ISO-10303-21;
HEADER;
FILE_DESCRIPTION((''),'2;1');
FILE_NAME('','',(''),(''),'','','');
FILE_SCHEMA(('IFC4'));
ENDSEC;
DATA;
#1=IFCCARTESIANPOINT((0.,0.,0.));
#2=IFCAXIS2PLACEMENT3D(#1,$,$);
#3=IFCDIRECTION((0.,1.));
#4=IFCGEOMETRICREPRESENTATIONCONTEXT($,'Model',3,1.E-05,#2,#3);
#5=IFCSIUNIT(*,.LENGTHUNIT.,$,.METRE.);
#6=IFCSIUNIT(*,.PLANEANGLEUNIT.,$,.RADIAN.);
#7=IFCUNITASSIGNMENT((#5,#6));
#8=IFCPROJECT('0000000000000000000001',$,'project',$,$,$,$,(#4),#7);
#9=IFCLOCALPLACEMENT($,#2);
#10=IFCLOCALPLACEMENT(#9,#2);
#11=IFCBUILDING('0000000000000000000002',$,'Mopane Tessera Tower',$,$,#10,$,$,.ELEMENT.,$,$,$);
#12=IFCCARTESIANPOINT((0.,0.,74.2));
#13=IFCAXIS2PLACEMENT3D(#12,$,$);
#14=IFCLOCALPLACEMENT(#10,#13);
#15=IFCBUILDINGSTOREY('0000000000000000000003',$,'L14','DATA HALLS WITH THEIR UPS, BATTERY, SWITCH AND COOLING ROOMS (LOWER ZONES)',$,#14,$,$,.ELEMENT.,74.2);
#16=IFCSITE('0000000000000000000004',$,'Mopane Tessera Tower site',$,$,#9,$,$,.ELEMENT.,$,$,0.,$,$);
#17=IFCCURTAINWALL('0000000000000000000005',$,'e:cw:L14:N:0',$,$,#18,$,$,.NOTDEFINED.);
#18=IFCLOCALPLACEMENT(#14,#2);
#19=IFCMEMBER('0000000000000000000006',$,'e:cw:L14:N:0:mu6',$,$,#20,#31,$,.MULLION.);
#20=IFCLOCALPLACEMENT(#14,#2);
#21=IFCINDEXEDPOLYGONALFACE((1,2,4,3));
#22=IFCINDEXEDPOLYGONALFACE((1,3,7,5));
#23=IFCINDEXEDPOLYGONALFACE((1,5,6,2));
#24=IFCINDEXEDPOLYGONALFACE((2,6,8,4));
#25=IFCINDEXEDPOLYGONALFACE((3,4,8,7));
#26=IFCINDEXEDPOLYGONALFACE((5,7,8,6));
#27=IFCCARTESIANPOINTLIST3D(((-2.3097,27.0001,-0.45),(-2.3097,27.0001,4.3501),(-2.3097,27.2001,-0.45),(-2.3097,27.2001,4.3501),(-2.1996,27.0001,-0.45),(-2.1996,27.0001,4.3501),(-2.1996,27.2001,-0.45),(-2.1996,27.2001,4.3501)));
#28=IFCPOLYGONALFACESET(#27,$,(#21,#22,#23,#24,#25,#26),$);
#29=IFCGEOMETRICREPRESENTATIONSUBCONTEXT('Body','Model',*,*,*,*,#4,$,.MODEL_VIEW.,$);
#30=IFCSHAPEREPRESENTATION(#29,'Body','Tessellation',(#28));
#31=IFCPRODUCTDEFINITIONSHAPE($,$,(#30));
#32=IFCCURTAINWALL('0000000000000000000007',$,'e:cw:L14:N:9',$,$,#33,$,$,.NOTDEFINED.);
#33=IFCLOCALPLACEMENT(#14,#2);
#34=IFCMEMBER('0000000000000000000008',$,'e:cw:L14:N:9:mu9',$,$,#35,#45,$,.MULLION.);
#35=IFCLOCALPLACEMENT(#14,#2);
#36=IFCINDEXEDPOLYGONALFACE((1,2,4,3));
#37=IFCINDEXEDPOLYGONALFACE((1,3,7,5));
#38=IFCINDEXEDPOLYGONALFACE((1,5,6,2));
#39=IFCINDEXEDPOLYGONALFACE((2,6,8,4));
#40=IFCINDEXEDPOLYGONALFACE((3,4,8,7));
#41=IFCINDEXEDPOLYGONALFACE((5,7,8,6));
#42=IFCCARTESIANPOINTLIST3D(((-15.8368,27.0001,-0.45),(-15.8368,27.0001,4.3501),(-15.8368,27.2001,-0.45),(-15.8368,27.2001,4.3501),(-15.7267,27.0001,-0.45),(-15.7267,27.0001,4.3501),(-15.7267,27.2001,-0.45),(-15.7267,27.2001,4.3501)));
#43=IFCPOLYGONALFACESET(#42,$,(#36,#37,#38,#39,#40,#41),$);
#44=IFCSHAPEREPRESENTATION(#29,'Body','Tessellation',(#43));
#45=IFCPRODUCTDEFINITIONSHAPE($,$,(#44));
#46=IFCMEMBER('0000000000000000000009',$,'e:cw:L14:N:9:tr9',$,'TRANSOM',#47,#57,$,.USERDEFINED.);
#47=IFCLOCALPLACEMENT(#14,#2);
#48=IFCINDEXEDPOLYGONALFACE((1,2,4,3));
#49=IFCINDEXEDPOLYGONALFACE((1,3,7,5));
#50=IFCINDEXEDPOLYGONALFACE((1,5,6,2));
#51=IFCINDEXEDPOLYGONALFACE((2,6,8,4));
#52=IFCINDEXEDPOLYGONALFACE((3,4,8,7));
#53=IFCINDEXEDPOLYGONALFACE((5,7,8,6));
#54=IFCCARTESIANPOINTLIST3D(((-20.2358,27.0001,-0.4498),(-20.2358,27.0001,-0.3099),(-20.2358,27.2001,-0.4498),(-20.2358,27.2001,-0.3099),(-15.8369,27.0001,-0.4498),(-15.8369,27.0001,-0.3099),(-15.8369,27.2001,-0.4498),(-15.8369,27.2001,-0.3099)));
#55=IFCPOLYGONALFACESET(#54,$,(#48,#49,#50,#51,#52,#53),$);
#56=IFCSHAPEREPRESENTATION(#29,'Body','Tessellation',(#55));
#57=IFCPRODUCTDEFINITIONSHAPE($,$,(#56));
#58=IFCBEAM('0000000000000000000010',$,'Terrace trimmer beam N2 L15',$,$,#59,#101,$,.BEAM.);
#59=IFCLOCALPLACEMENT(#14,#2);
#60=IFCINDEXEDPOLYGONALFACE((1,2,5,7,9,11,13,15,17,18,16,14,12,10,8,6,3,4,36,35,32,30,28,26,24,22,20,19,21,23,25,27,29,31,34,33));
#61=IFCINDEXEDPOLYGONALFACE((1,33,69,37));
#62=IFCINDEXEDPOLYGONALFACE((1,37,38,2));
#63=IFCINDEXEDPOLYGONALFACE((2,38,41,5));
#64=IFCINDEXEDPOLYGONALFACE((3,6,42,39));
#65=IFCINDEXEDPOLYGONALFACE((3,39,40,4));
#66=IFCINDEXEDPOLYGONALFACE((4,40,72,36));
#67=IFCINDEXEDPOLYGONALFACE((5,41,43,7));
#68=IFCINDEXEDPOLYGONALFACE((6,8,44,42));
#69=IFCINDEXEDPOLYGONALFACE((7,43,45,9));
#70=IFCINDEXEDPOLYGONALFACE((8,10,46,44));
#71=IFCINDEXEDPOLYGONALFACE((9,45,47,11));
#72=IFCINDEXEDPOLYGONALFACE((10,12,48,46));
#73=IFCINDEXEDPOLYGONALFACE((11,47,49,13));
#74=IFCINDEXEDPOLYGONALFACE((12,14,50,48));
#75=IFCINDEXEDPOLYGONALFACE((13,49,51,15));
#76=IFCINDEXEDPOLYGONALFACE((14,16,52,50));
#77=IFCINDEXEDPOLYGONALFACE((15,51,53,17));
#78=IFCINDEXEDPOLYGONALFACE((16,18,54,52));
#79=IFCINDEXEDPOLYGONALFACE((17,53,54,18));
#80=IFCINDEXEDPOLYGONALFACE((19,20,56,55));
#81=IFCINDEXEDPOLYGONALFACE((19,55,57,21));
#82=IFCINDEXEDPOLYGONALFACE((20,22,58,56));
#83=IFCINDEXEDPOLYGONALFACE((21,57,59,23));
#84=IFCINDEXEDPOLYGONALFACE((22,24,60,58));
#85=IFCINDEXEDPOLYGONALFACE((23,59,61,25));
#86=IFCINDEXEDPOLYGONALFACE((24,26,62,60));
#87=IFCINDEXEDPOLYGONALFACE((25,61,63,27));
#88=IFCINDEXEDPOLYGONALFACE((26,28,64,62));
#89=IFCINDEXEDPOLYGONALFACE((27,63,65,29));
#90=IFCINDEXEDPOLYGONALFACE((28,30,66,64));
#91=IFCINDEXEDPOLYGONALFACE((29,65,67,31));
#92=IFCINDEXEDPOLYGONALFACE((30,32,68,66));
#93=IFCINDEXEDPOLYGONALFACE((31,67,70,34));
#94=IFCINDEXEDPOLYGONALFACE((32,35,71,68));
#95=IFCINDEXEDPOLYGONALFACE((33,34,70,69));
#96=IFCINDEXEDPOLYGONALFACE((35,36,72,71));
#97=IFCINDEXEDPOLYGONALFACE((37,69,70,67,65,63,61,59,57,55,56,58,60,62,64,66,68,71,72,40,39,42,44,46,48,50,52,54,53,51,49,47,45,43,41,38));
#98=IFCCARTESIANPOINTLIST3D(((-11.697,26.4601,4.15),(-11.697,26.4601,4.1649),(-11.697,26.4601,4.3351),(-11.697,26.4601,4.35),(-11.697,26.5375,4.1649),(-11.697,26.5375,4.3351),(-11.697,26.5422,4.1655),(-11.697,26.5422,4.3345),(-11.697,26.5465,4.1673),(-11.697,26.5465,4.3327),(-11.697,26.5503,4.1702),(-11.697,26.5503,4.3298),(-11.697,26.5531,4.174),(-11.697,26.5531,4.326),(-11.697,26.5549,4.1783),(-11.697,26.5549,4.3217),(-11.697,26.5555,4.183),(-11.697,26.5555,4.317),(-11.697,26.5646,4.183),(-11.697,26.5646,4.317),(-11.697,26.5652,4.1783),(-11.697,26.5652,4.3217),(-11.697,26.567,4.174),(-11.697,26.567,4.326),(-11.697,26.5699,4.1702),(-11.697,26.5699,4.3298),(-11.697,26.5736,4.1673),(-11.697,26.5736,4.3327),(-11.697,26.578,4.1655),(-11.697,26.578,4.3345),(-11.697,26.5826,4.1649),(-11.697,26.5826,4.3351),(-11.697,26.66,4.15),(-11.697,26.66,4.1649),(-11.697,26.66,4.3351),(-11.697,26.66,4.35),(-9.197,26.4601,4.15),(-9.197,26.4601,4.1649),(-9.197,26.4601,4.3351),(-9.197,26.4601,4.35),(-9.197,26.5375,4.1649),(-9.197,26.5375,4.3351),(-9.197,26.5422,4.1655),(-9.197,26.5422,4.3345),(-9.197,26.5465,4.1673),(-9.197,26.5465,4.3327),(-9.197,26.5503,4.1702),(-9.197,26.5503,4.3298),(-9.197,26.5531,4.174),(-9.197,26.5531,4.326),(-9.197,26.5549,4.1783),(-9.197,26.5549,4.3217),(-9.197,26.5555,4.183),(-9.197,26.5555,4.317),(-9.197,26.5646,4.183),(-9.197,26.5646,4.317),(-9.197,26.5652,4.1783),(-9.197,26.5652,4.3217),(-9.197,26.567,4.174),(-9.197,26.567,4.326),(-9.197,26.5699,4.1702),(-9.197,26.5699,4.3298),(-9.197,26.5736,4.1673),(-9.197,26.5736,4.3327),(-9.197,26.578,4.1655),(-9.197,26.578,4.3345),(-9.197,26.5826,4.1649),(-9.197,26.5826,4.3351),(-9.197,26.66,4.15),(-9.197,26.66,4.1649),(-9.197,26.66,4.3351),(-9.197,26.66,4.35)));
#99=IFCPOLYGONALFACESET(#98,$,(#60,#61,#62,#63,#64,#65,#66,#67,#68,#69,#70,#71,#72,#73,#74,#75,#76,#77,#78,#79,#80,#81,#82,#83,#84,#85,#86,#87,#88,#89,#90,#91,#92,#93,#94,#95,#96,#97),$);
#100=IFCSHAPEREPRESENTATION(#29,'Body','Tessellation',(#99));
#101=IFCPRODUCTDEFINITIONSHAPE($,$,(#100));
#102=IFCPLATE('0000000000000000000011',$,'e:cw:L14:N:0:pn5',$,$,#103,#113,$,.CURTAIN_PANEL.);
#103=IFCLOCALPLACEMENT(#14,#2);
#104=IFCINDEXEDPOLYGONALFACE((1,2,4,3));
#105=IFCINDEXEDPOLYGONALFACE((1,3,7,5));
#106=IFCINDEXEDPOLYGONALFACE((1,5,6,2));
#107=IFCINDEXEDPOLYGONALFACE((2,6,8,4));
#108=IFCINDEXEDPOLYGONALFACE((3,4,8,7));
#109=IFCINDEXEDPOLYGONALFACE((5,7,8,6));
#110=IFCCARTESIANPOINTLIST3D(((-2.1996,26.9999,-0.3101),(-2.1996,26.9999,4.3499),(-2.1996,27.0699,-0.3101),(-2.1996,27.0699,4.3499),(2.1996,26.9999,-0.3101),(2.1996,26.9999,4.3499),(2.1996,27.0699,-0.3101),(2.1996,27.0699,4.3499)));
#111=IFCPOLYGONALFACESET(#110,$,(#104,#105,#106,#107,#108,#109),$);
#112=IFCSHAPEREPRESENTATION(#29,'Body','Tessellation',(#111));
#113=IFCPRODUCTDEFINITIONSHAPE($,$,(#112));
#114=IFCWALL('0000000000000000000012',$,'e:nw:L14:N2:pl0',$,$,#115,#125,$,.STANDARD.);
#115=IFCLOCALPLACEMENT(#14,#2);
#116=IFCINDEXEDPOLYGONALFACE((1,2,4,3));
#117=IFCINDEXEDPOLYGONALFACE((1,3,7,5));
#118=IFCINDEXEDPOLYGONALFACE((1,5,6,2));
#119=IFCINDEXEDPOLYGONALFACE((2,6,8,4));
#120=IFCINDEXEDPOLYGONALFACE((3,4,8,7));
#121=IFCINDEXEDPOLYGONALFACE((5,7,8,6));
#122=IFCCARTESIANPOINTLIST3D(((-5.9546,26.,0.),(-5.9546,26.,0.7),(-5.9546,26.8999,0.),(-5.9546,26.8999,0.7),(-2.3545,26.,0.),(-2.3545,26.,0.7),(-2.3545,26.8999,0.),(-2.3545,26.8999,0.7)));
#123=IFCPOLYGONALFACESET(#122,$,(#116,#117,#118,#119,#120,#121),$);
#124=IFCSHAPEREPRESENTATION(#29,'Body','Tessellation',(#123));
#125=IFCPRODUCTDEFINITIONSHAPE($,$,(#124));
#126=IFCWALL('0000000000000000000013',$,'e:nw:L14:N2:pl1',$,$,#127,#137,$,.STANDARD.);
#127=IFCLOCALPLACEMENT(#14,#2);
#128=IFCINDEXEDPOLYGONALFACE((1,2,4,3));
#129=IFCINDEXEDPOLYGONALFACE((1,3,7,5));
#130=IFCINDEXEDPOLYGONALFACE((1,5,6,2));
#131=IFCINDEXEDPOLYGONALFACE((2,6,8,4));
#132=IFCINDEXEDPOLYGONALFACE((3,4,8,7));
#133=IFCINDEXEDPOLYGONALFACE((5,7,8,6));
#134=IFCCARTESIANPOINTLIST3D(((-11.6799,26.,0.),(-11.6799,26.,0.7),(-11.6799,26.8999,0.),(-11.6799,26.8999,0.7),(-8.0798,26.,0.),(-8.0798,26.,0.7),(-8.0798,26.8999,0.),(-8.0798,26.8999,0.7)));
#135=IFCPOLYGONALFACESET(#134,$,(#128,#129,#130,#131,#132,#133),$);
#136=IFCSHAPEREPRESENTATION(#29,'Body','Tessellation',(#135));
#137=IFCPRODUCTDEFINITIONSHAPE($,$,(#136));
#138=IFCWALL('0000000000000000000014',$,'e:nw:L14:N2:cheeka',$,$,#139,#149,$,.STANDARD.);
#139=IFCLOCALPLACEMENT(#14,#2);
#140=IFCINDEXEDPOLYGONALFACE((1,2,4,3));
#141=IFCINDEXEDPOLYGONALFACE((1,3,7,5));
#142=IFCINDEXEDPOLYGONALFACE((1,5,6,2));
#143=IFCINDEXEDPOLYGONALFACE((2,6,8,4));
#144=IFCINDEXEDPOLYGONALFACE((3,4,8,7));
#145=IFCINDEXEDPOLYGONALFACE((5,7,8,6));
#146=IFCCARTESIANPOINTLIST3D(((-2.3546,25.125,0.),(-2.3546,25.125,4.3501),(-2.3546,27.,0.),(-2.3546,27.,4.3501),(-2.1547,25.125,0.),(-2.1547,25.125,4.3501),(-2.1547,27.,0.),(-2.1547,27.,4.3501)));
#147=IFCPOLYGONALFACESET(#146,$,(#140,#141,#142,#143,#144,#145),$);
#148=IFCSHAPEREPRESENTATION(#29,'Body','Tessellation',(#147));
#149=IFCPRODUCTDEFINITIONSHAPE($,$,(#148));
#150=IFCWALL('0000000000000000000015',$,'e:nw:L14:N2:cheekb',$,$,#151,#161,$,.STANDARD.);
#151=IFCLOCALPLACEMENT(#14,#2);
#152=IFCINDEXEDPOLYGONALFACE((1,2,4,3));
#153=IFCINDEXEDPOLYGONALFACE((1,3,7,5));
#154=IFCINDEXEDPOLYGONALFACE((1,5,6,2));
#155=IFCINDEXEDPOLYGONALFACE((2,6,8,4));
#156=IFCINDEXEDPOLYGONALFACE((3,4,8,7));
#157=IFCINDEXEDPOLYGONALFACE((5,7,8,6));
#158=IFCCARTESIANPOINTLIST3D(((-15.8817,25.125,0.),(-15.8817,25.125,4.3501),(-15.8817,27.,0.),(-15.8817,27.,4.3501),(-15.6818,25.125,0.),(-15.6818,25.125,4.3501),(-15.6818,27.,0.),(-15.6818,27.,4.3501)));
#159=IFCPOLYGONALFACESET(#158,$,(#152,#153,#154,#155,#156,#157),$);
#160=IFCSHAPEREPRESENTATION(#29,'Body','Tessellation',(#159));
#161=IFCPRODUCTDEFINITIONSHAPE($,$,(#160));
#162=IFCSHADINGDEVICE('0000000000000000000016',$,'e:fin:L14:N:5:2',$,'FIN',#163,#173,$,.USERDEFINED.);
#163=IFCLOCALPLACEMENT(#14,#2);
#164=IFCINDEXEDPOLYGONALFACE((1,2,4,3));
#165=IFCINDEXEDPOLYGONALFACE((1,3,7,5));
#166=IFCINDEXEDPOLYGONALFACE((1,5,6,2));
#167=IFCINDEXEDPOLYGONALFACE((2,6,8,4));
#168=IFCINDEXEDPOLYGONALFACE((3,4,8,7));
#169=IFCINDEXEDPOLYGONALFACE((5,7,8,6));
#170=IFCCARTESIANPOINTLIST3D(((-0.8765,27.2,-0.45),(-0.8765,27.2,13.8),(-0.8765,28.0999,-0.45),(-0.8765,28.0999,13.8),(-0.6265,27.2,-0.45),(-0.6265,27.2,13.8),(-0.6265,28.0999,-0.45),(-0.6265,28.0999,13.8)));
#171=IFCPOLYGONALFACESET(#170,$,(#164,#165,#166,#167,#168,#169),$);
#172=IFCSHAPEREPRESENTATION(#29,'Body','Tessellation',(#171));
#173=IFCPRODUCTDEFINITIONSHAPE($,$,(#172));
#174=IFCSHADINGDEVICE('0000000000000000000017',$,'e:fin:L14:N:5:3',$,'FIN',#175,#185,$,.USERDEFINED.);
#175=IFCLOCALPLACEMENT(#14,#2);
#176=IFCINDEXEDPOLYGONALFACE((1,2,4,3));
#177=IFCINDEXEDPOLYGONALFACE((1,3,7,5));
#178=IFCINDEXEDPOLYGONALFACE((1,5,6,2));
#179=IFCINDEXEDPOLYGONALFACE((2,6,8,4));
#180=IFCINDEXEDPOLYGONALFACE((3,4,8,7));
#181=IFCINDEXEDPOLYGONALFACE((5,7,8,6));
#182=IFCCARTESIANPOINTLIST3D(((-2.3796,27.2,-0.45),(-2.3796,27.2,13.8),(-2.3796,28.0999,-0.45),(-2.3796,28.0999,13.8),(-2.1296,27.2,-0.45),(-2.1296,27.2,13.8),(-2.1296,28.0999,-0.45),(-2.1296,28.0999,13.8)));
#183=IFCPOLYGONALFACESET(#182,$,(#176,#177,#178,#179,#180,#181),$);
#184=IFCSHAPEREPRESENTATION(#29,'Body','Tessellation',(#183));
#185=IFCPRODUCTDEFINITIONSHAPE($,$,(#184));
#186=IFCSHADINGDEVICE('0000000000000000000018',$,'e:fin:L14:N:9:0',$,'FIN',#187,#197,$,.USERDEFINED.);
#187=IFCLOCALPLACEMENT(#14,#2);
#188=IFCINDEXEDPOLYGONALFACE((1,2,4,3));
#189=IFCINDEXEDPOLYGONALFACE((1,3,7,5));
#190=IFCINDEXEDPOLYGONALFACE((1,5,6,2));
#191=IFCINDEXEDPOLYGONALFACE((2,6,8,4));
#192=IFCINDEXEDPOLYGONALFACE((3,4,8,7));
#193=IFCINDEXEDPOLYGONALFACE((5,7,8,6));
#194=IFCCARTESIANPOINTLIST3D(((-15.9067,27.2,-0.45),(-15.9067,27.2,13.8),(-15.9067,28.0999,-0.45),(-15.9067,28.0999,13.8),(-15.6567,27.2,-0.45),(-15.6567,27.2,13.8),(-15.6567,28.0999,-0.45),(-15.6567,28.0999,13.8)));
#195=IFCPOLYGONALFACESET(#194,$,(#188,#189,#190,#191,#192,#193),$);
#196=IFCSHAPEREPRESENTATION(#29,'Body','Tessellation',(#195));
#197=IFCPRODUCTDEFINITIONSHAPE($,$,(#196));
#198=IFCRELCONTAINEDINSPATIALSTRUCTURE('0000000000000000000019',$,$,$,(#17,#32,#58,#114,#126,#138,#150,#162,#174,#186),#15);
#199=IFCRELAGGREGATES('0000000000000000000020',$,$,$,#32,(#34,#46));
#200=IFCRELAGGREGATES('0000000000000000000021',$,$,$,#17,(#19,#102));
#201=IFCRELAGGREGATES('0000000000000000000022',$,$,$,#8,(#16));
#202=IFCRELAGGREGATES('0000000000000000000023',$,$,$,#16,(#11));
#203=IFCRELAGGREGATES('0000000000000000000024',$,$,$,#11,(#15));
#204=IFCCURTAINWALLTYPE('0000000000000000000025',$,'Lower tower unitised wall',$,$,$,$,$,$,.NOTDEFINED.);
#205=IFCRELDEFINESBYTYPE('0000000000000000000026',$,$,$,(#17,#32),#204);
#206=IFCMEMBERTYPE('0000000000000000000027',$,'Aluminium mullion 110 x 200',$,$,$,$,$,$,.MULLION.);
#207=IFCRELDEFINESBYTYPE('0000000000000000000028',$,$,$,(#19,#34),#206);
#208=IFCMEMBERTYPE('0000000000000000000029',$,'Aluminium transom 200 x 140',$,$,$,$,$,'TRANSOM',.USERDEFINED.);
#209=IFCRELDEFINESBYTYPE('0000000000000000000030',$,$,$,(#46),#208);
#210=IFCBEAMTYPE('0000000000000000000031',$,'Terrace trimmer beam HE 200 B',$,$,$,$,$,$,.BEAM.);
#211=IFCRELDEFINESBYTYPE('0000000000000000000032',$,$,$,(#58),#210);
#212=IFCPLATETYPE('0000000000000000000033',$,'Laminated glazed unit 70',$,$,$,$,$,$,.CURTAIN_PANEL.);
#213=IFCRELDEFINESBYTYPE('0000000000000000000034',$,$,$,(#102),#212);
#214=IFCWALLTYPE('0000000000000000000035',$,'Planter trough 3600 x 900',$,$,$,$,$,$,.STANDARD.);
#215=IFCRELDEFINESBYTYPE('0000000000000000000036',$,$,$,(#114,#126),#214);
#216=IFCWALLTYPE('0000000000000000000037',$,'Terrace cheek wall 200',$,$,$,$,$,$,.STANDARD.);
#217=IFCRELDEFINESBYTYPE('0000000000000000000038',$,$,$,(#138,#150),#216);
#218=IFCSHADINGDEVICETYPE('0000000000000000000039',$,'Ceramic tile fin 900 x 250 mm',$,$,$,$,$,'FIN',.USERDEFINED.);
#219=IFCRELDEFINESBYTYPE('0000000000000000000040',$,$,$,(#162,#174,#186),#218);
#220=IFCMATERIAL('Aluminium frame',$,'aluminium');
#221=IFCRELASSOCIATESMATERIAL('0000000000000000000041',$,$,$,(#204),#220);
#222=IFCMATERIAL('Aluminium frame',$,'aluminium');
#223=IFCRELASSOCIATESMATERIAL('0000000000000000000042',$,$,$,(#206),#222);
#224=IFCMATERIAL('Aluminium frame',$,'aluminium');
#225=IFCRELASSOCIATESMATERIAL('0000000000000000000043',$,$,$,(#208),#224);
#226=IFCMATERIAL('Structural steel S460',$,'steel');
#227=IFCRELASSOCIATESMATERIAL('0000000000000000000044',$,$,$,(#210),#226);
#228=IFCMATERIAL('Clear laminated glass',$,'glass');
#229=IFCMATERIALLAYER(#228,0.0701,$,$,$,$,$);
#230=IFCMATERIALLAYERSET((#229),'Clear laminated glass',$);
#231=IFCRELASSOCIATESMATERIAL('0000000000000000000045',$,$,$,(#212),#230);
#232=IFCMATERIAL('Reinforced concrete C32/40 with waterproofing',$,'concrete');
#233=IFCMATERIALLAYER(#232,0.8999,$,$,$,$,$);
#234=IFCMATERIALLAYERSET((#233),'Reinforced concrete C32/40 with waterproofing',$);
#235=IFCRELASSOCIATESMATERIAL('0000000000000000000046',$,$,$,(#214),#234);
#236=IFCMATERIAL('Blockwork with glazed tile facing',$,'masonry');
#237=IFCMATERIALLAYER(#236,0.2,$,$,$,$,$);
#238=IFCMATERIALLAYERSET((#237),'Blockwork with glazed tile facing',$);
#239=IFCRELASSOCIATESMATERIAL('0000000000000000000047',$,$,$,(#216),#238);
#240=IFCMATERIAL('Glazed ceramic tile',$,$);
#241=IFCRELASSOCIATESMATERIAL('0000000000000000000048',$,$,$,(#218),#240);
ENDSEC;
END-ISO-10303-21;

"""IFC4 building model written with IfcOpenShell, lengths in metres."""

from ifc_helpers import new_model, si_unit, direction, frame, frame_2d, origin, origin_2d, place, context, subcontext, project, spatial, rectangle, i_section, extrude, material, layer, layer_set, material_profile, profile_set, type_object, element, aggregate, save


model = new_model("IFC4")

# Units and contexts
model_context = context("Model", 3, precision=1e-05, world=origin(), true_north=direction((0.0, 1.0)))
body_context = subcontext(model_context, "Body", "Model", "MODEL_VIEW")
ifc_project = project(units=[si_unit("LENGTHUNIT", "METRE"), si_unit("PLANEANGLEUNIT", "RADIAN")], contexts=[model_context])

# Site, building, storey
site_placement = place(None, origin())
site = spatial("IfcSite", under=ifc_project, at=site_placement, Name="Mopane Tessera Tower site", CompositionType="ELEMENT", RefElevation=0.0)
building_placement = place(site_placement, origin())
building = spatial("IfcBuilding", under=site, at=building_placement, Name="Mopane Tessera Tower", CompositionType="ELEMENT")
storey_placement = place(building_placement, frame((0.0, 0.0, 74.2)))
storey = spatial("IfcBuildingStorey", under=building, at=storey_placement, Name="L14", Description="DATA HALLS WITH THEIR UPS, BATTERY, SWITCH AND COOLING ROOMS (LOWER ZONES)", CompositionType="ELEMENT", Elevation=74.2)

# Curtain wall, member
ifc_material_1 = material(Name="Aluminium frame", Category="aluminium")
curtain_wall_type = type_object("IfcCurtainWallType", Name="Lower tower unitised wall", PredefinedType="NOTDEFINED", material=ifc_material_1)
curtain_wall_1_placement = place(storey_placement, origin())
curtain_wall_1 = element("IfcCurtainWall", 1, at=curtain_wall_1_placement, inside=storey, type_object=curtain_wall_type, Name="e:cw:L14:N:0", PredefinedType="NOTDEFINED")
ifc_material_2 = material(Name="Aluminium frame", Category="aluminium")
ifc_material_profile_1 = material_profile(ifc_material_2, rectangle(XDim=0.1101, YDim=0.2, at=origin_2d()))
ifc_profile_set_1 = profile_set([ifc_material_profile_1], Name="Aluminium frame")
member_type_1 = type_object("IfcMemberType", Name="Aluminium mullion 110 x 200", PredefinedType="MULLION", material=ifc_profile_set_1)
member_1_placement = place(storey_placement, frame((-2.2546, 27.1001, -0.45), z_axis=(0.0, 0.0, 1.0), x_axis=(-1.0, 0.0, 0.0)))
member_1 = element("IfcMember", 2, at=member_1_placement, type_object=member_type_1, Name="e:cw:L14:N:0:mu6", PredefinedType="MULLION", context=body_context, shape_type="SweptSolid", body=[
    extrude(rectangle(XDim=0.1101, YDim=0.2, at=origin_2d()), origin(), (0.0, 0.0, 1.0), 4.8),
])

# Curtain wall, members
curtain_wall_2_placement = place(storey_placement, origin())
curtain_wall_2 = element("IfcCurtainWall", 3, at=curtain_wall_2_placement, inside=storey, type_object=curtain_wall_type, Name="e:cw:L14:N:9", PredefinedType="NOTDEFINED")
member_2_placement = place(storey_placement, frame((-15.7817, 27.1001, -0.45), z_axis=(0.0, 0.0, 1.0), x_axis=(-1.0, 0.0, 0.0)))
member_2 = element("IfcMember", 4, at=member_2_placement, type_object=member_type_1, Name="e:cw:L14:N:9:mu9", PredefinedType="MULLION", context=body_context, shape_type="SweptSolid", body=[
    extrude(rectangle(XDim=0.1101, YDim=0.2, at=origin_2d()), origin(), (0.0, 0.0, 1.0), 4.8),
])
ifc_material_3 = material(Name="Aluminium frame", Category="aluminium")
ifc_material_profile_2 = material_profile(ifc_material_3, rectangle(XDim=0.2, YDim=0.1399, at=origin_2d()))
ifc_profile_set_2 = profile_set([ifc_material_profile_2], Name="Aluminium frame")
member_type_2 = type_object("IfcMemberType", Name="Aluminium transom 200 x 140", ElementType="TRANSOM", PredefinedType="USERDEFINED", material=ifc_profile_set_2)
member_3_placement = place(storey_placement, frame((-15.8369, 27.1001, -0.3799), z_axis=(-1.0, 0.0, 0.0), x_axis=(0.0, -1.0, 0.0)))
member_3 = element("IfcMember", 5, at=member_3_placement, type_object=member_type_2, Name="e:cw:L14:N:9:tr9", ObjectType="TRANSOM", PredefinedType="USERDEFINED", context=body_context, shape_type="SweptSolid", body=[
    extrude(rectangle(XDim=0.2, YDim=0.1399, at=origin_2d()), origin(), (0.0, 0.0, 1.0), 4.3989),
])
aggregate(curtain_wall_2, [member_2, member_3])

# Beam
ifc_material_4 = material(Name="Structural steel S460", Category="steel")
ifc_material_profile_3 = material_profile(ifc_material_4, i_section(OverallWidth=0.2, OverallDepth=0.2, WebThickness=0.009, FlangeThickness=0.0149, FilletRadius=0.0181, at=origin_2d()))
ifc_profile_set_3 = profile_set([ifc_material_profile_3], Name="Structural steel S460")
beam_type = type_object("IfcBeamType", Name="Terrace trimmer beam HE 200 B", PredefinedType="BEAM", material=ifc_profile_set_3)
beam_placement = place(storey_placement, frame((-11.697, 26.5601, 4.25), z_axis=(1.0, 0.0, 0.0), x_axis=(0.0, 1.0, 0.0)))
element("IfcBeam", 6, at=beam_placement, inside=storey, type_object=beam_type, Name="Terrace trimmer beam N2 L15", PredefinedType="BEAM", context=body_context, shape_type="SweptSolid", body=[
    extrude(i_section(OverallWidth=0.2, OverallDepth=0.2, WebThickness=0.009, FlangeThickness=0.0149, FilletRadius=0.0181, at=origin_2d()), origin(), (0.0, 0.0, 1.0), 2.5),
])

# Plate
ifc_material_5 = material(Name="Clear laminated glass", Category="glass")
ifc_layer_1 = layer(ifc_material_5, 0.0701)
ifc_layer_set_1 = layer_set([ifc_layer_1], Name="Clear laminated glass")
plate_type = type_object("IfcPlateType", Name="Laminated glazed unit 70", PredefinedType="CURTAIN_PANEL", material=ifc_layer_set_1)
plate_placement = place(storey_placement, frame((0.0, 27.0349, -0.3101), z_axis=(0.0, 0.0, 1.0), x_axis=(-1.0, 0.0, 0.0)))
plate = element("IfcPlate", 7, at=plate_placement, type_object=plate_type, Name="e:cw:L14:N:0:pn5", PredefinedType="CURTAIN_PANEL", context=body_context, shape_type="SweptSolid", body=[
    extrude(rectangle(XDim=4.3992, YDim=0.0701, at=origin_2d()), origin(), (0.0, 0.0, 1.0), 4.6599),
])
aggregate(curtain_wall_1, [member_1, plate])

# Walls
ifc_material_6 = material(Name="Reinforced concrete C32/40 with waterproofing", Category="concrete")
ifc_layer_2 = layer(ifc_material_6, 0.8999)
ifc_layer_set_2 = layer_set([ifc_layer_2], Name="Reinforced concrete C32/40 with waterproofing")
wall_type_1 = type_object("IfcWallType", Name="Planter trough 3600 x 900", PredefinedType="STANDARD", material=ifc_layer_set_2)
for number, where, z_axis, x_axis, name in (
    (8, (-2.3545, 26.45, 0.0), (0.0, 0.0, 1.0), (-1.0, 0.0, 0.0), "e:nw:L14:N2:pl0"),
    (9, (-8.0798, 26.45, 0.0), (0.0, 0.0, 1.0), (-1.0, 0.0, 0.0), "e:nw:L14:N2:pl1"),
):
    element("IfcWall", number, at=place(storey_placement, frame(where, z_axis=z_axis, x_axis=x_axis)), inside=storey, type_object=wall_type_1, Name=name, PredefinedType="STANDARD", context=body_context, shape_type="SweptSolid", body=[
        extrude(rectangle(XDim=3.6001, YDim=0.8999, at=frame_2d((1.8, 0.0))), origin(), (0.0, 0.0, 1.0), 0.7),
    ])
ifc_material_7 = material(Name="Blockwork with glazed tile facing", Category="masonry")
ifc_layer_3 = layer(ifc_material_7, 0.2)
ifc_layer_set_3 = layer_set([ifc_layer_3], Name="Blockwork with glazed tile facing")
wall_type_2 = type_object("IfcWallType", Name="Terrace cheek wall 200", PredefinedType="STANDARD", material=ifc_layer_set_3)
for number, where, z_axis, x_axis, name in (
    (10, (-2.2546, 27.0, 0.0), (0.0, 0.0, 1.0), (0.0, -1.0, 0.0), "e:nw:L14:N2:cheeka"),
    (11, (-15.7817, 27.0, 0.0), (0.0, 0.0, 1.0), (0.0, -1.0, 0.0), "e:nw:L14:N2:cheekb"),
):
    element("IfcWall", number, at=place(storey_placement, frame(where, z_axis=z_axis, x_axis=x_axis)), inside=storey, type_object=wall_type_2, Name=name, PredefinedType="STANDARD", context=body_context, shape_type="SweptSolid", body=[
        extrude(rectangle(XDim=1.875, YDim=0.2, at=frame_2d((0.9375, 0.0))), origin(), (0.0, 0.0, 1.0), 4.3501),
    ])

# Shading devices
ifc_material_8 = material(Name="Glazed ceramic tile")
shading_device_type = type_object("IfcShadingDeviceType", Name="Ceramic tile fin 900 x 250 mm", ElementType="FIN", PredefinedType="USERDEFINED", material=ifc_material_8)
for number, where, z_axis, x_axis, name in (
    (12, (-0.7515, 27.6499, -0.45), (0.0, 0.0, 1.0), (-1.0, 0.0, 0.0), "e:fin:L14:N:5:2"),
    (13, (-2.2546, 27.6499, -0.45), (0.0, 0.0, 1.0), (-1.0, 0.0, 0.0), "e:fin:L14:N:5:3"),
    (14, (-15.7817, 27.6499, -0.45), (0.0, 0.0, 1.0), (-1.0, 0.0, 0.0), "e:fin:L14:N:9:0"),
):
    element("IfcShadingDevice", number, at=place(storey_placement, frame(where, z_axis=z_axis, x_axis=x_axis)), inside=storey, type_object=shading_device_type, Name=name, ObjectType="FIN", PredefinedType="USERDEFINED", context=body_context, shape_type="SweptSolid", body=[
        extrude(rectangle(XDim=0.25, YDim=0.8999, at=origin_2d()), origin(), (0.0, 0.0, 1.0), 14.25),
    ])

save(model, "model.ifc")
